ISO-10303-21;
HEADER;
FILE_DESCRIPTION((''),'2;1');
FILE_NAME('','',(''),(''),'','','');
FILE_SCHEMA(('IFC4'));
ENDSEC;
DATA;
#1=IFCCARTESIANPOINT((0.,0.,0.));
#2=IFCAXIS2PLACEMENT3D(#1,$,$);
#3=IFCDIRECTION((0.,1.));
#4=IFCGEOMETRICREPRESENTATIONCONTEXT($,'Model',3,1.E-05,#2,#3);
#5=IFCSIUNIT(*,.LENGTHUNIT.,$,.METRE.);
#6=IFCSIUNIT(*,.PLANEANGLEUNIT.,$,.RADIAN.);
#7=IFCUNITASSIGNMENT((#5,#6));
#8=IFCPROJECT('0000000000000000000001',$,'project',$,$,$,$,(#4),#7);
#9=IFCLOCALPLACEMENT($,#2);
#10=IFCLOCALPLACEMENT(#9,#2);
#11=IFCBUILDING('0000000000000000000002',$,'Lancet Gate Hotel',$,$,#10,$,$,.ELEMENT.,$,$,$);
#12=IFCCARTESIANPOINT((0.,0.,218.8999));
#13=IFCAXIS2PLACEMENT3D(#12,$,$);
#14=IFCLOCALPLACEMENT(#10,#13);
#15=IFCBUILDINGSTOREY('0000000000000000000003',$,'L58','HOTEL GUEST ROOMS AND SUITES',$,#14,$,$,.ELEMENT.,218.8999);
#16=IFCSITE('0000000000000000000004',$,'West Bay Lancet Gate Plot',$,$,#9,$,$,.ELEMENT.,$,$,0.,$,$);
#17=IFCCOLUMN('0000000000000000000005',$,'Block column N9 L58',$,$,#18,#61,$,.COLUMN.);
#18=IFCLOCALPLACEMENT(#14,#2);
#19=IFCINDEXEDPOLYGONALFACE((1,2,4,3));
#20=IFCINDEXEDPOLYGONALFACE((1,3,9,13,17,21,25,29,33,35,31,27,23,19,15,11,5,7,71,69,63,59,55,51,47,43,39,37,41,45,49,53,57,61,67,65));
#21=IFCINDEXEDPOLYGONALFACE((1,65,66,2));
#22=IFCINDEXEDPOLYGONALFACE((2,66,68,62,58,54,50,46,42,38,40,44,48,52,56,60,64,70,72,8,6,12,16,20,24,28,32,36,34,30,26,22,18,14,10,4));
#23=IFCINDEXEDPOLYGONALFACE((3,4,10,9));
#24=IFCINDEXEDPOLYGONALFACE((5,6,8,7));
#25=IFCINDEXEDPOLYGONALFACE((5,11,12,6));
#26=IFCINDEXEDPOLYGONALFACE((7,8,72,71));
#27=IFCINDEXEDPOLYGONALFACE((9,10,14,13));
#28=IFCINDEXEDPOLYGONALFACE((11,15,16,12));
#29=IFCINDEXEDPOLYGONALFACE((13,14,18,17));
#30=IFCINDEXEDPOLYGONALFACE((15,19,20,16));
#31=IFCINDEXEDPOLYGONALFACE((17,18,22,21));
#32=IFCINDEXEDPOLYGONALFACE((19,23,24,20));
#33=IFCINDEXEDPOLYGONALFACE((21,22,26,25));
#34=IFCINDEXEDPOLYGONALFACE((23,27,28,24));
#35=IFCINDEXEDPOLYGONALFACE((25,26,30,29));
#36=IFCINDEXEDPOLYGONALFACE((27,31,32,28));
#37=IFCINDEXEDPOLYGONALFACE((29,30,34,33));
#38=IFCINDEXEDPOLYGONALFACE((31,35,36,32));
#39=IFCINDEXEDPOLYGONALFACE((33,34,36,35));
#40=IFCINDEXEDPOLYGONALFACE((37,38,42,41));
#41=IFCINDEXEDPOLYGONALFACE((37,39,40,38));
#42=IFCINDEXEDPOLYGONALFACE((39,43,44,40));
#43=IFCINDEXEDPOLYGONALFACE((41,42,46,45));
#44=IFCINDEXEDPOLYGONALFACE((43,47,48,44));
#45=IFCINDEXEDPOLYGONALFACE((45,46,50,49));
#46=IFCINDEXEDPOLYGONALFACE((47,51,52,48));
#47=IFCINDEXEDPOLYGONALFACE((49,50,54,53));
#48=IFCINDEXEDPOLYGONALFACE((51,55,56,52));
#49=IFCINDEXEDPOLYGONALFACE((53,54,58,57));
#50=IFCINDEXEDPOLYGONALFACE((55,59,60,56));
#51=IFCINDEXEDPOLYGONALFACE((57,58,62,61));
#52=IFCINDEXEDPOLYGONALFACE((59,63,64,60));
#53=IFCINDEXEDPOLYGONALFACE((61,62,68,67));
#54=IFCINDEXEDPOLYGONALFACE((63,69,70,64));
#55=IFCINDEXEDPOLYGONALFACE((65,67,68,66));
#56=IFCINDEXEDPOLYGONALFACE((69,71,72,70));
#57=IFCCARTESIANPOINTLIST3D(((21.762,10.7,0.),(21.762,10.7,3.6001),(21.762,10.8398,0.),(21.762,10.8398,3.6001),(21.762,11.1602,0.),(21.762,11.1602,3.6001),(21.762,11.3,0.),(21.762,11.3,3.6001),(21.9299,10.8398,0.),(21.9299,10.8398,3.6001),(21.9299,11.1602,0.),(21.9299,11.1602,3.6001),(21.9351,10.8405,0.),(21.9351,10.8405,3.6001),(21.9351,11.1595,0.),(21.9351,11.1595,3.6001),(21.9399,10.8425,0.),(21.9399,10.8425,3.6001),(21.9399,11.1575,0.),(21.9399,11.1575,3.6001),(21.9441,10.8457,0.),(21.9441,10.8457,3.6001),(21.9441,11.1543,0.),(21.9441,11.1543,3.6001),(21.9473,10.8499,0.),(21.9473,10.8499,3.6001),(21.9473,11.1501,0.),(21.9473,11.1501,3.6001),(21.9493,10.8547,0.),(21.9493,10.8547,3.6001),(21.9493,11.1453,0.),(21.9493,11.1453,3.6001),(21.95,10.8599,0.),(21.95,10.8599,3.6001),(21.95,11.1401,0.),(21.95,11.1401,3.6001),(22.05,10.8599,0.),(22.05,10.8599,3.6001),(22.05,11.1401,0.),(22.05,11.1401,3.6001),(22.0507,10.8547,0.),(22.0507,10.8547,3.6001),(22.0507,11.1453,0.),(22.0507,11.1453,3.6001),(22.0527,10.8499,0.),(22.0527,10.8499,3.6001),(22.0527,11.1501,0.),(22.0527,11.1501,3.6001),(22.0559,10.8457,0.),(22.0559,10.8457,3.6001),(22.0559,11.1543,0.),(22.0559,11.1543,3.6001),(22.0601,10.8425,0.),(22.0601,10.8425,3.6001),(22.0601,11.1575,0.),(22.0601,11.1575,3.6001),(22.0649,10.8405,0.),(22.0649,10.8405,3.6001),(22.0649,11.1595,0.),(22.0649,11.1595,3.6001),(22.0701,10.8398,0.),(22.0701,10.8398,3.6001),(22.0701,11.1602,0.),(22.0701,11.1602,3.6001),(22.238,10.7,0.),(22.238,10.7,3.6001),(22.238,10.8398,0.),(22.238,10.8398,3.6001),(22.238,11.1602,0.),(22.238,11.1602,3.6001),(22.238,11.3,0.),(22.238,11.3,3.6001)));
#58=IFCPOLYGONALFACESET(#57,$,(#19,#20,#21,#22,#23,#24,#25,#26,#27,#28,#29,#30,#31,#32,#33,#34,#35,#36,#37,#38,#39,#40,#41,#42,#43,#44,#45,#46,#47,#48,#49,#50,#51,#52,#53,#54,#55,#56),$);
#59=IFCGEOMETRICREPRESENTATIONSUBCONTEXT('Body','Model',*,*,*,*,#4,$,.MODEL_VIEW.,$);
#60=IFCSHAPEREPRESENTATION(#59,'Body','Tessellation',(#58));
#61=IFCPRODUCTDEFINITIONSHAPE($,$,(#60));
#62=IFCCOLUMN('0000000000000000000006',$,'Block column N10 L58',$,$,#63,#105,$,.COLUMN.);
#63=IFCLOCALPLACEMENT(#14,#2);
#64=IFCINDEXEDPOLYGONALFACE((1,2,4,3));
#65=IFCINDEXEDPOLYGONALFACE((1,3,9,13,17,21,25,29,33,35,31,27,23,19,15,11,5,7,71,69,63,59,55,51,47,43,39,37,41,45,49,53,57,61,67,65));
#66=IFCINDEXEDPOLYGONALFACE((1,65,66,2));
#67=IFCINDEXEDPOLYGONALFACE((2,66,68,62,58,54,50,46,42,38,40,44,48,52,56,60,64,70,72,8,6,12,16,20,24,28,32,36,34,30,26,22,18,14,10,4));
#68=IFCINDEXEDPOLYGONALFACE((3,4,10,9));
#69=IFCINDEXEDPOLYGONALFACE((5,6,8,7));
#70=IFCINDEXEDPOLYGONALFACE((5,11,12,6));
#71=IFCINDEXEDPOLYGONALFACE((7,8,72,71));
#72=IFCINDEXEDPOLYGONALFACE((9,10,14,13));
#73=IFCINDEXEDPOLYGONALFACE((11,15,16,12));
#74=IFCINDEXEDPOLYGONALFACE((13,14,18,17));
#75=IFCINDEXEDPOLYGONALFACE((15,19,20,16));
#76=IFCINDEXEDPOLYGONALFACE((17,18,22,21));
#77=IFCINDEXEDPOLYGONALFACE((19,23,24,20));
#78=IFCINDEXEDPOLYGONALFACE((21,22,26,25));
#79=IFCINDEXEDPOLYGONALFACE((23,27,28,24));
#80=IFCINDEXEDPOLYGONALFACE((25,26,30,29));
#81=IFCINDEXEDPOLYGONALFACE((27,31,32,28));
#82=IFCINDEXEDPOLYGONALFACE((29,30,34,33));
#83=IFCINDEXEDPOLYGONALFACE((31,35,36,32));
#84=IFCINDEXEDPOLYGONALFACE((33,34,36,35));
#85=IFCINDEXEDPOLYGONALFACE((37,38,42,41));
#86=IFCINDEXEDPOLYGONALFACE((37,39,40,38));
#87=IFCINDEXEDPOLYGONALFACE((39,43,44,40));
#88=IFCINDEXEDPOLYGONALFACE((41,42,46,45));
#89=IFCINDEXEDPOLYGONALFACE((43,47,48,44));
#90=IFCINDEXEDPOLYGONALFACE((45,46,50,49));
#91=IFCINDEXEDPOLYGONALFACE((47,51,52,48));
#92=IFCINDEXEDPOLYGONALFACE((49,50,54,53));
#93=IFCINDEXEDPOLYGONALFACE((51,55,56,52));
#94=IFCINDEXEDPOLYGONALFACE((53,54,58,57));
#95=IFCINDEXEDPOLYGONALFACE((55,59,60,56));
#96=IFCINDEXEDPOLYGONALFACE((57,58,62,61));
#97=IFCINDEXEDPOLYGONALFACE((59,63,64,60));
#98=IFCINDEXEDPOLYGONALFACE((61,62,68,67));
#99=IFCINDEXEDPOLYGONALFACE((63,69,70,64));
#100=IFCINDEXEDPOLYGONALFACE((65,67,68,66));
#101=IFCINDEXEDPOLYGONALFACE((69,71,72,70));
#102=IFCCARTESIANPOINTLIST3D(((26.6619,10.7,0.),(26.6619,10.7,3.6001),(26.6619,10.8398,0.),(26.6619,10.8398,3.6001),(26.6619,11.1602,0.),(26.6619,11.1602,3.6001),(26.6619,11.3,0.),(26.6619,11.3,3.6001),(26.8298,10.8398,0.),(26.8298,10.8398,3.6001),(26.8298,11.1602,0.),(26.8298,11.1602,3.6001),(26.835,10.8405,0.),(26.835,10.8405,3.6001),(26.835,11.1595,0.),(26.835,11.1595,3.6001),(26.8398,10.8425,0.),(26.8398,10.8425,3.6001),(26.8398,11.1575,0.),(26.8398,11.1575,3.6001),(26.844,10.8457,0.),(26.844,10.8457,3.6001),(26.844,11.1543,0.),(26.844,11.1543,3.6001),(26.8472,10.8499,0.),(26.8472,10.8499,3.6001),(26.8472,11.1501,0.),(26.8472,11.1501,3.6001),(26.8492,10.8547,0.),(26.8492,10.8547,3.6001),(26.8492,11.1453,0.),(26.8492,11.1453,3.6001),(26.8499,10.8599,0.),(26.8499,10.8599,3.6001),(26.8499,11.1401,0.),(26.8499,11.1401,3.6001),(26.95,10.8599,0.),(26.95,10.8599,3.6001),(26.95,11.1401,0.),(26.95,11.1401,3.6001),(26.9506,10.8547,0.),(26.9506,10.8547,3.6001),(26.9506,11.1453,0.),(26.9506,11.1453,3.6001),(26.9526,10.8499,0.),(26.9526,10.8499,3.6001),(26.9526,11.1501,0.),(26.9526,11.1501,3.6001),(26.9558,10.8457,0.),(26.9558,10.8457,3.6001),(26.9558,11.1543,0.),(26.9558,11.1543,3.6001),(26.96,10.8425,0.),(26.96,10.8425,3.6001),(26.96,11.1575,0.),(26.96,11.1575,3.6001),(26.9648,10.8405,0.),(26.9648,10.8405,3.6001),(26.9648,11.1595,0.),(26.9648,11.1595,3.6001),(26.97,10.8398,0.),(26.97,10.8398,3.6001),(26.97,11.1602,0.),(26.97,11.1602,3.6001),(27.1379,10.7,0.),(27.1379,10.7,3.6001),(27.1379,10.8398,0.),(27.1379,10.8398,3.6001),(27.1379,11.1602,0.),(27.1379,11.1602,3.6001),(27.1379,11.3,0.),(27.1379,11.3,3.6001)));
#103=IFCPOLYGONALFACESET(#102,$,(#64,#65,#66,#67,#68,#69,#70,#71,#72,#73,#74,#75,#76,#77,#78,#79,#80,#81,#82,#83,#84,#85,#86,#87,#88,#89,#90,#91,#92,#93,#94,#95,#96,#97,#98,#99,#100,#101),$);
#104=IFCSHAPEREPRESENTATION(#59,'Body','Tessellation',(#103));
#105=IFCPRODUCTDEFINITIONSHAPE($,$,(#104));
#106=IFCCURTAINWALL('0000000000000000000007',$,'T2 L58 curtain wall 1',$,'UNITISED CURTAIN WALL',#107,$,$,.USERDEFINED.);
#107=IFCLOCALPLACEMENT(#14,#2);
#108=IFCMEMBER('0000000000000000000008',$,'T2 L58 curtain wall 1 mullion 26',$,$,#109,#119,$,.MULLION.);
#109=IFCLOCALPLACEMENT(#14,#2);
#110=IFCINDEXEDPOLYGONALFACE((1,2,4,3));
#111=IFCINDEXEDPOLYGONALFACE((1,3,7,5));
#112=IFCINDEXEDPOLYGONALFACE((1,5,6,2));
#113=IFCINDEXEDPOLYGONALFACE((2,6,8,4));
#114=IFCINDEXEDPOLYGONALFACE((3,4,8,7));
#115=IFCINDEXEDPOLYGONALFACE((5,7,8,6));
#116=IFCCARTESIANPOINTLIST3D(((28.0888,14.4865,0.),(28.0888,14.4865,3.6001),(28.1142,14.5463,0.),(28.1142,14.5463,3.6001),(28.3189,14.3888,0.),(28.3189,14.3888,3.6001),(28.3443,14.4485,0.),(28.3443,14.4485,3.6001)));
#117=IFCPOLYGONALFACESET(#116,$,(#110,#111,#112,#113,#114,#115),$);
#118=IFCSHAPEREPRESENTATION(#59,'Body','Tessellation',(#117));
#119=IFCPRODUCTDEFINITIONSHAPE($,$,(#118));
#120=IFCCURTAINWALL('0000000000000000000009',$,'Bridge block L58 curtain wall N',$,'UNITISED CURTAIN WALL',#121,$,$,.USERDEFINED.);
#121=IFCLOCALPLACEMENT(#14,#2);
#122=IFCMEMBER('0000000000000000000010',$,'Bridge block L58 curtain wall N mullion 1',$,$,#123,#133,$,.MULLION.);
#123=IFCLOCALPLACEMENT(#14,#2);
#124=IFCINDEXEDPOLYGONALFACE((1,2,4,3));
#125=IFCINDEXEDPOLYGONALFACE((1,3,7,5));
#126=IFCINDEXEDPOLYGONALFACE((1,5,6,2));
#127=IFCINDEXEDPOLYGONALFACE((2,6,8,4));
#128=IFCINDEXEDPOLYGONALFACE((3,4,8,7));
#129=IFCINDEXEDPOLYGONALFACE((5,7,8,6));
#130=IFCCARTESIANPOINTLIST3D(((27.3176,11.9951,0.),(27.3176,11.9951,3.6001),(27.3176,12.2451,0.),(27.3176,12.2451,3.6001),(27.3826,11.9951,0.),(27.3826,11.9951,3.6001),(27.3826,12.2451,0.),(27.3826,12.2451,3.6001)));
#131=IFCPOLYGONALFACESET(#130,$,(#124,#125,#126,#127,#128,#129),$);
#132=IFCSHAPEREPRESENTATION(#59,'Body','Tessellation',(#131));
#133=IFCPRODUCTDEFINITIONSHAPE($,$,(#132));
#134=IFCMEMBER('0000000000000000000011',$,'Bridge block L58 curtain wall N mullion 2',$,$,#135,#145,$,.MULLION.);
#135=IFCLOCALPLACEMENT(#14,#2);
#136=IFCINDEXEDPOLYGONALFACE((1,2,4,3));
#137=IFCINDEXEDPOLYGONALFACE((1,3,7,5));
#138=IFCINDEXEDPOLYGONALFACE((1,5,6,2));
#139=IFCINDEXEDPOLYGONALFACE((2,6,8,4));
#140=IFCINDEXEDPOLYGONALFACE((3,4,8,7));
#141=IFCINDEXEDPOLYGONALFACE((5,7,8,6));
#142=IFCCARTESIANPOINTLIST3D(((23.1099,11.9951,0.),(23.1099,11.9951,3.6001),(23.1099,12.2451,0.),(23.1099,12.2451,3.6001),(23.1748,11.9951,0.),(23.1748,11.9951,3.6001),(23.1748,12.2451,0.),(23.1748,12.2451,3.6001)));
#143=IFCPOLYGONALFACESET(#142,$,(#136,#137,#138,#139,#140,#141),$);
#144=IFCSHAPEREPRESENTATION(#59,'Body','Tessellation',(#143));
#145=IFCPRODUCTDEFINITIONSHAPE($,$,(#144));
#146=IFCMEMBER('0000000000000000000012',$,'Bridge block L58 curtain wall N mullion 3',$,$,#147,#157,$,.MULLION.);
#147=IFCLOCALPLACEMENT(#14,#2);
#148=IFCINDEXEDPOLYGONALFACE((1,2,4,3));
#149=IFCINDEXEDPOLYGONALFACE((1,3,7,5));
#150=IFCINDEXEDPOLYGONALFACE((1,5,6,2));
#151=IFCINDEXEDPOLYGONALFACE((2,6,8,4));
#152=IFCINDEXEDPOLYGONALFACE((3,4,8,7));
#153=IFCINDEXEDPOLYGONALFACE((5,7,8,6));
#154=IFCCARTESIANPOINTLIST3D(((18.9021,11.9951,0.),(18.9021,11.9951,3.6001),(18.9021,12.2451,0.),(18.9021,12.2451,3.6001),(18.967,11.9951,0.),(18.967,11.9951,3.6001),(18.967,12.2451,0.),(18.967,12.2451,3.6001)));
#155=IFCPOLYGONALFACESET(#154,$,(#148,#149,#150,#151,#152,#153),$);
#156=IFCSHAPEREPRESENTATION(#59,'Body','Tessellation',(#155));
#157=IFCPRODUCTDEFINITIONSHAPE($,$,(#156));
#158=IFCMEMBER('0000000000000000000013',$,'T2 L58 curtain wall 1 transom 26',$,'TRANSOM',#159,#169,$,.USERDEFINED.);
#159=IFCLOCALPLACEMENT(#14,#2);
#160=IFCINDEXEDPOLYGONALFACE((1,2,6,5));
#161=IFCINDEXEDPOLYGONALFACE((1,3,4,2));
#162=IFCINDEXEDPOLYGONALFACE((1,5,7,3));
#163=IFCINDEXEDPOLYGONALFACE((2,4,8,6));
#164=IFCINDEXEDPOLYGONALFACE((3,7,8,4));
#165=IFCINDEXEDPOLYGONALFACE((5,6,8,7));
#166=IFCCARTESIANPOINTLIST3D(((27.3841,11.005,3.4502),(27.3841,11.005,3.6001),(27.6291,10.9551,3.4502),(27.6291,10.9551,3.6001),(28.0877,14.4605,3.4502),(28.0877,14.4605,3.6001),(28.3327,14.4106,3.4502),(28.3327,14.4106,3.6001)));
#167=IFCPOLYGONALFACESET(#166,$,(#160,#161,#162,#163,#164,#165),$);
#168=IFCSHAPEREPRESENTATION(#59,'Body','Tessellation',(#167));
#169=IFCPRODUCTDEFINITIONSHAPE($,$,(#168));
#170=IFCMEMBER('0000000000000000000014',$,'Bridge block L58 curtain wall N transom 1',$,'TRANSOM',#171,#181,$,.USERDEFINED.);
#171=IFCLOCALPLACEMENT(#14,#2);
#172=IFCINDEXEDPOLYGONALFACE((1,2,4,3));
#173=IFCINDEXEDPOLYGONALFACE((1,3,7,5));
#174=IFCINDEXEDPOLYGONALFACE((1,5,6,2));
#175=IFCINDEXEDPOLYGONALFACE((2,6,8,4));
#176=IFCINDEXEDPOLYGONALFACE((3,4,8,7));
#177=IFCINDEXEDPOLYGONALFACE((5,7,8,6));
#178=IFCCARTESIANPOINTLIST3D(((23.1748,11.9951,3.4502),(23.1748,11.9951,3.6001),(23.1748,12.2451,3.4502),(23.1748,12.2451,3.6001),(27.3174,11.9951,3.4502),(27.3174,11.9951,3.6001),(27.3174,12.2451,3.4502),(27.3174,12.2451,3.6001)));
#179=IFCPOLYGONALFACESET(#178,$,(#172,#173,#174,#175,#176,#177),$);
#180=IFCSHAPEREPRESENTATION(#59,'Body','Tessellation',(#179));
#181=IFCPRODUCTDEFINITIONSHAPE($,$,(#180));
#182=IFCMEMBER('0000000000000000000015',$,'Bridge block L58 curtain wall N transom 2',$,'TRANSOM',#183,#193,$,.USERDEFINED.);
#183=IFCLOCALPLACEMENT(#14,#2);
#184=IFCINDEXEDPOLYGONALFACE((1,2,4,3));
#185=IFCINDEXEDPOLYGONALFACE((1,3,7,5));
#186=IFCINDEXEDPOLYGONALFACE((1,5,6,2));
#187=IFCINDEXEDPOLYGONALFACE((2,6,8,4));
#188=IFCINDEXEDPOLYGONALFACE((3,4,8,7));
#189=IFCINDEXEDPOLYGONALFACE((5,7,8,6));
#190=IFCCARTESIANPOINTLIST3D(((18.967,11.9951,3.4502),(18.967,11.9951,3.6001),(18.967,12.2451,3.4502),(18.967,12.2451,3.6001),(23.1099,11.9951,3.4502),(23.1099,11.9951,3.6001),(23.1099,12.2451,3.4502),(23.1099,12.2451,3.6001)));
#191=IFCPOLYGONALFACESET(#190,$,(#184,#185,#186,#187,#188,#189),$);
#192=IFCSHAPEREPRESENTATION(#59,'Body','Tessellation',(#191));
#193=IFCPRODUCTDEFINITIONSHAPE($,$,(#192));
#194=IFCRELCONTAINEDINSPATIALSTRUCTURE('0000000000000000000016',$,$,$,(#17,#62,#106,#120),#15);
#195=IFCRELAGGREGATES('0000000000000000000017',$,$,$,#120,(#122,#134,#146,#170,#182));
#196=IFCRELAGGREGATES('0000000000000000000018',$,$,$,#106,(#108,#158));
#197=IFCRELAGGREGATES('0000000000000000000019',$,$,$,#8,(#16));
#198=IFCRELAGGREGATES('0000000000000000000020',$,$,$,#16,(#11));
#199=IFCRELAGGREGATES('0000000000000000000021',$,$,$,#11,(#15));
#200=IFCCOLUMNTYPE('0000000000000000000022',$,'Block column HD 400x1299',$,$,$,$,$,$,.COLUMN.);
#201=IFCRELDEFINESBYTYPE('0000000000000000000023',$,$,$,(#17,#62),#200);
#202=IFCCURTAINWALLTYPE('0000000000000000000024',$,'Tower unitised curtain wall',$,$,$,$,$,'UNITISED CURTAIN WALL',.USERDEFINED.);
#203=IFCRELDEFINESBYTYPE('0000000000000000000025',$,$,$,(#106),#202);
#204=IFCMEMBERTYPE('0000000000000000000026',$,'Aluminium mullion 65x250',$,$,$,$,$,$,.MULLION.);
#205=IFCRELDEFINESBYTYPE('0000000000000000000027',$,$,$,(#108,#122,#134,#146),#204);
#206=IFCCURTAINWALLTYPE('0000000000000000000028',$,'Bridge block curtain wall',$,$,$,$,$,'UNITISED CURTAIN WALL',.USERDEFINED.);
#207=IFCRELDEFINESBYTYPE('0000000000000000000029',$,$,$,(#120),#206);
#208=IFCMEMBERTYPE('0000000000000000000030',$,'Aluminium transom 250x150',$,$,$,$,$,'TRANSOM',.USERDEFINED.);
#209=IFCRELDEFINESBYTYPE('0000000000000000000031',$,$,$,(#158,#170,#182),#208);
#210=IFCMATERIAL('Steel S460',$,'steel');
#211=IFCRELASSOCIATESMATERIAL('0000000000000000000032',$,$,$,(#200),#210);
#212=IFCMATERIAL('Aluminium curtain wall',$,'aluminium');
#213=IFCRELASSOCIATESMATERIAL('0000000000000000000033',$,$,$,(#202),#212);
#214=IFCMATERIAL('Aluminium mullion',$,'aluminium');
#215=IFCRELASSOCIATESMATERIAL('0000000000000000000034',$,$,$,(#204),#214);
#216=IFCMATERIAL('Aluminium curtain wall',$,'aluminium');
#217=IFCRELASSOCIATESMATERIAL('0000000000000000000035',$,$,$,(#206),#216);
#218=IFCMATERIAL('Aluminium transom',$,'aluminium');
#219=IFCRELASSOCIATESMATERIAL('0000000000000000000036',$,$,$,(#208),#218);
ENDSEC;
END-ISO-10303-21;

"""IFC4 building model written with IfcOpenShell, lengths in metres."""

from ifc_helpers import new_model, si_unit, direction, frame, origin, origin_2d, place, context, subcontext, project, spatial, rectangle, i_section, extrude, material, material_profile, profile_set, type_object, element, aggregate, save


model = new_model("IFC4")

# Units and contexts
model_context = context("Model", 3, precision=1e-05, world=origin(), true_north=direction((0.0, 1.0)))
body_context = subcontext(model_context, "Body", "Model", "MODEL_VIEW")
ifc_project = project(units=[si_unit("LENGTHUNIT", "METRE"), si_unit("PLANEANGLEUNIT", "RADIAN")], contexts=[model_context])

# Site, building, storey
site_placement = place(None, origin())
site = spatial("IfcSite", under=ifc_project, at=site_placement, Name="West Bay Lancet Gate Plot", CompositionType="ELEMENT", RefElevation=0.0)
building_placement = place(site_placement, origin())
building = spatial("IfcBuilding", under=site, at=building_placement, Name="Lancet Gate Hotel", CompositionType="ELEMENT")
storey_placement = place(building_placement, frame((0.0, 0.0, 218.8999)))
storey = spatial("IfcBuildingStorey", under=building, at=storey_placement, Name="L58", Description="HOTEL GUEST ROOMS AND SUITES", CompositionType="ELEMENT", Elevation=218.8999)

# Columns
ifc_material_1 = material(Name="Steel S460", Category="steel")
ifc_material_profile_1 = material_profile(ifc_material_1, i_section(OverallWidth=0.4761, OverallDepth=0.6001, WebThickness=0.1001, FlangeThickness=0.1399, FilletRadius=0.02, at=origin_2d()), Name="HD 400x1299")
ifc_profile_set_1 = profile_set([ifc_material_profile_1], Name="Steel S460")
column_type = type_object("IfcColumnType", Name="Block column HD 400x1299", PredefinedType="COLUMN", material=ifc_profile_set_1)
for number, where, z_axis, x_axis, name in (
    (1, (22.0, 11.0, 0.0), (0.0, 0.0, 1.0), (1.0, 0.0, 0.0), "Block column N9 L58"),
    (2, (26.8999, 11.0, 0.0), (0.0, 0.0, 1.0), (1.0, 0.0, 0.0), "Block column N10 L58"),
):
    element("IfcColumn", number, at=place(storey_placement, frame(where, z_axis=z_axis, x_axis=x_axis)), inside=storey, type_object=column_type, Name=name, PredefinedType="COLUMN", context=body_context, shape_type="SweptSolid", body=[
        extrude(i_section(OverallWidth=0.4761, OverallDepth=0.6001, WebThickness=0.1001, FlangeThickness=0.1399, FilletRadius=0.02, at=origin_2d()), origin(), (0.0, 0.0, 1.0), 3.6001),
    ])

# Curtain wall, member
ifc_material_2 = material(Name="Aluminium curtain wall", Category="aluminium")
curtain_wall_type_1 = type_object("IfcCurtainWallType", Name="Tower unitised curtain wall", ElementType="UNITISED CURTAIN WALL", PredefinedType="USERDEFINED", material=ifc_material_2)
curtain_wall_1_placement = place(storey_placement, origin())
curtain_wall_1 = element("IfcCurtainWall", 3, at=curtain_wall_1_placement, inside=storey, type_object=curtain_wall_type_1, Name="T2 L58 curtain wall 1", ObjectType="UNITISED CURTAIN WALL", PredefinedType="USERDEFINED")
ifc_material_3 = material(Name="Aluminium mullion", Category="aluminium")
ifc_material_profile_2 = material_profile(ifc_material_3, rectangle(XDim=0.0649, YDim=0.25, at=origin_2d()), Name="MULLION 65x250")
ifc_profile_set_2 = profile_set([ifc_material_profile_2], Name="Aluminium mullion")
member_type_1 = type_object("IfcMemberType", Name="Aluminium mullion 65x250", PredefinedType="MULLION", material=ifc_profile_set_2)
member_1_placement = place(storey_placement, frame((28.2166, 14.4675, 0.0), z_axis=(0.0, 0.0, 1.0), x_axis=(-0.391042, -0.920373, 0.0)))
member_1 = element("IfcMember", 4, at=member_1_placement, type_object=member_type_1, Name="T2 L58 curtain wall 1 mullion 26", PredefinedType="MULLION", context=body_context, shape_type="SweptSolid", body=[
    extrude(rectangle(XDim=0.0649, YDim=0.25, at=origin_2d()), origin(), (0.0, 0.0, 1.0), 3.6001),
])

# Curtain wall, members
ifc_material_4 = material(Name="Aluminium curtain wall", Category="aluminium")
curtain_wall_type_2 = type_object("IfcCurtainWallType", Name="Bridge block curtain wall", ElementType="UNITISED CURTAIN WALL", PredefinedType="USERDEFINED", material=ifc_material_4)
curtain_wall_2_placement = place(storey_placement, origin())
curtain_wall_2 = element("IfcCurtainWall", 5, at=curtain_wall_2_placement, inside=storey, type_object=curtain_wall_type_2, Name="Bridge block L58 curtain wall N", ObjectType="UNITISED CURTAIN WALL", PredefinedType="USERDEFINED")
member_2_placement = place(storey_placement, frame((27.3501, 12.1201, 0.0), z_axis=(0.0, 0.0, 1.0), x_axis=(-1.0, 0.0, 0.0)))
member_2 = element("IfcMember", 6, at=member_2_placement, type_object=member_type_1, Name="Bridge block L58 curtain wall N mullion 1", PredefinedType="MULLION", context=body_context, shape_type="SweptSolid", body=[
    extrude(rectangle(XDim=0.0649, YDim=0.25, at=origin_2d()), origin(), (0.0, 0.0, 1.0), 3.6001),
])
member_3_placement = place(storey_placement, frame((23.1423, 12.1201, 0.0), z_axis=(0.0, 0.0, 1.0), x_axis=(-1.0, 0.0, 0.0)))
member_3 = element("IfcMember", 7, at=member_3_placement, type_object=member_type_1, Name="Bridge block L58 curtain wall N mullion 2", PredefinedType="MULLION", context=body_context, shape_type="SweptSolid", body=[
    extrude(rectangle(XDim=0.0649, YDim=0.25, at=origin_2d()), origin(), (0.0, 0.0, 1.0), 3.6001),
])
member_4_placement = place(storey_placement, frame((18.9346, 12.1201, 0.0), z_axis=(0.0, 0.0, 1.0), x_axis=(-1.0, 0.0, 0.0)))
member_4 = element("IfcMember", 8, at=member_4_placement, type_object=member_type_1, Name="Bridge block L58 curtain wall N mullion 3", PredefinedType="MULLION", context=body_context, shape_type="SweptSolid", body=[
    extrude(rectangle(XDim=0.0649, YDim=0.25, at=origin_2d()), origin(), (0.0, 0.0, 1.0), 3.6001),
])

# Members
ifc_material_5 = material(Name="Aluminium transom", Category="aluminium")
ifc_material_profile_3 = material_profile(ifc_material_5, rectangle(XDim=0.25, YDim=0.1499, at=origin_2d()), Name="TRANSOM 250x150")
ifc_profile_set_3 = profile_set([ifc_material_profile_3], Name="Aluminium transom")
member_type_2 = type_object("IfcMemberType", Name="Aluminium transom 250x150", ElementType="TRANSOM", PredefinedType="USERDEFINED", material=ifc_profile_set_3)
member_5_placement = place(storey_placement, frame((28.2102, 14.4355, 3.5251), z_axis=(-0.199523, -0.979893, 0.0), x_axis=(0.979893, -0.199523, 0.0)))
member_5 = element("IfcMember", 9, at=member_5_placement, type_object=member_type_2, Name="T2 L58 curtain wall 1 transom 26", ObjectType="TRANSOM", PredefinedType="USERDEFINED", context=body_context, shape_type="SweptSolid", body=[
    extrude(rectangle(XDim=0.25, YDim=0.1499, at=origin_2d()), origin(), (0.0, 0.0, 1.0), 3.5264),
])
member_6_placement = place(storey_placement, frame((27.3174, 12.1201, 3.5251), z_axis=(-1.0, 0.0, 0.0), x_axis=(0.0, -1.0, 0.0)))
member_6 = element("IfcMember", 10, at=member_6_placement, type_object=member_type_2, Name="Bridge block L58 curtain wall N transom 1", ObjectType="TRANSOM", PredefinedType="USERDEFINED", context=body_context, shape_type="SweptSolid", body=[
    extrude(rectangle(XDim=0.25, YDim=0.1499, at=origin_2d()), origin(), (0.0, 0.0, 1.0), 4.1426),
])
member_7_placement = place(storey_placement, frame((23.1099, 12.1201, 3.5251), z_axis=(-1.0, 0.0, 0.0), x_axis=(0.0, -1.0, 0.0)))
member_7 = element("IfcMember", 11, at=member_7_placement, type_object=member_type_2, Name="Bridge block L58 curtain wall N transom 2", ObjectType="TRANSOM", PredefinedType="USERDEFINED", context=body_context, shape_type="SweptSolid", body=[
    extrude(rectangle(XDim=0.25, YDim=0.1499, at=origin_2d()), origin(), (0.0, 0.0, 1.0), 4.1428),
])

aggregate(curtain_wall_2, [member_2, member_3, member_4, member_6, member_7])
aggregate(curtain_wall_1, [member_1, member_5])

save(model, "model.ifc")
